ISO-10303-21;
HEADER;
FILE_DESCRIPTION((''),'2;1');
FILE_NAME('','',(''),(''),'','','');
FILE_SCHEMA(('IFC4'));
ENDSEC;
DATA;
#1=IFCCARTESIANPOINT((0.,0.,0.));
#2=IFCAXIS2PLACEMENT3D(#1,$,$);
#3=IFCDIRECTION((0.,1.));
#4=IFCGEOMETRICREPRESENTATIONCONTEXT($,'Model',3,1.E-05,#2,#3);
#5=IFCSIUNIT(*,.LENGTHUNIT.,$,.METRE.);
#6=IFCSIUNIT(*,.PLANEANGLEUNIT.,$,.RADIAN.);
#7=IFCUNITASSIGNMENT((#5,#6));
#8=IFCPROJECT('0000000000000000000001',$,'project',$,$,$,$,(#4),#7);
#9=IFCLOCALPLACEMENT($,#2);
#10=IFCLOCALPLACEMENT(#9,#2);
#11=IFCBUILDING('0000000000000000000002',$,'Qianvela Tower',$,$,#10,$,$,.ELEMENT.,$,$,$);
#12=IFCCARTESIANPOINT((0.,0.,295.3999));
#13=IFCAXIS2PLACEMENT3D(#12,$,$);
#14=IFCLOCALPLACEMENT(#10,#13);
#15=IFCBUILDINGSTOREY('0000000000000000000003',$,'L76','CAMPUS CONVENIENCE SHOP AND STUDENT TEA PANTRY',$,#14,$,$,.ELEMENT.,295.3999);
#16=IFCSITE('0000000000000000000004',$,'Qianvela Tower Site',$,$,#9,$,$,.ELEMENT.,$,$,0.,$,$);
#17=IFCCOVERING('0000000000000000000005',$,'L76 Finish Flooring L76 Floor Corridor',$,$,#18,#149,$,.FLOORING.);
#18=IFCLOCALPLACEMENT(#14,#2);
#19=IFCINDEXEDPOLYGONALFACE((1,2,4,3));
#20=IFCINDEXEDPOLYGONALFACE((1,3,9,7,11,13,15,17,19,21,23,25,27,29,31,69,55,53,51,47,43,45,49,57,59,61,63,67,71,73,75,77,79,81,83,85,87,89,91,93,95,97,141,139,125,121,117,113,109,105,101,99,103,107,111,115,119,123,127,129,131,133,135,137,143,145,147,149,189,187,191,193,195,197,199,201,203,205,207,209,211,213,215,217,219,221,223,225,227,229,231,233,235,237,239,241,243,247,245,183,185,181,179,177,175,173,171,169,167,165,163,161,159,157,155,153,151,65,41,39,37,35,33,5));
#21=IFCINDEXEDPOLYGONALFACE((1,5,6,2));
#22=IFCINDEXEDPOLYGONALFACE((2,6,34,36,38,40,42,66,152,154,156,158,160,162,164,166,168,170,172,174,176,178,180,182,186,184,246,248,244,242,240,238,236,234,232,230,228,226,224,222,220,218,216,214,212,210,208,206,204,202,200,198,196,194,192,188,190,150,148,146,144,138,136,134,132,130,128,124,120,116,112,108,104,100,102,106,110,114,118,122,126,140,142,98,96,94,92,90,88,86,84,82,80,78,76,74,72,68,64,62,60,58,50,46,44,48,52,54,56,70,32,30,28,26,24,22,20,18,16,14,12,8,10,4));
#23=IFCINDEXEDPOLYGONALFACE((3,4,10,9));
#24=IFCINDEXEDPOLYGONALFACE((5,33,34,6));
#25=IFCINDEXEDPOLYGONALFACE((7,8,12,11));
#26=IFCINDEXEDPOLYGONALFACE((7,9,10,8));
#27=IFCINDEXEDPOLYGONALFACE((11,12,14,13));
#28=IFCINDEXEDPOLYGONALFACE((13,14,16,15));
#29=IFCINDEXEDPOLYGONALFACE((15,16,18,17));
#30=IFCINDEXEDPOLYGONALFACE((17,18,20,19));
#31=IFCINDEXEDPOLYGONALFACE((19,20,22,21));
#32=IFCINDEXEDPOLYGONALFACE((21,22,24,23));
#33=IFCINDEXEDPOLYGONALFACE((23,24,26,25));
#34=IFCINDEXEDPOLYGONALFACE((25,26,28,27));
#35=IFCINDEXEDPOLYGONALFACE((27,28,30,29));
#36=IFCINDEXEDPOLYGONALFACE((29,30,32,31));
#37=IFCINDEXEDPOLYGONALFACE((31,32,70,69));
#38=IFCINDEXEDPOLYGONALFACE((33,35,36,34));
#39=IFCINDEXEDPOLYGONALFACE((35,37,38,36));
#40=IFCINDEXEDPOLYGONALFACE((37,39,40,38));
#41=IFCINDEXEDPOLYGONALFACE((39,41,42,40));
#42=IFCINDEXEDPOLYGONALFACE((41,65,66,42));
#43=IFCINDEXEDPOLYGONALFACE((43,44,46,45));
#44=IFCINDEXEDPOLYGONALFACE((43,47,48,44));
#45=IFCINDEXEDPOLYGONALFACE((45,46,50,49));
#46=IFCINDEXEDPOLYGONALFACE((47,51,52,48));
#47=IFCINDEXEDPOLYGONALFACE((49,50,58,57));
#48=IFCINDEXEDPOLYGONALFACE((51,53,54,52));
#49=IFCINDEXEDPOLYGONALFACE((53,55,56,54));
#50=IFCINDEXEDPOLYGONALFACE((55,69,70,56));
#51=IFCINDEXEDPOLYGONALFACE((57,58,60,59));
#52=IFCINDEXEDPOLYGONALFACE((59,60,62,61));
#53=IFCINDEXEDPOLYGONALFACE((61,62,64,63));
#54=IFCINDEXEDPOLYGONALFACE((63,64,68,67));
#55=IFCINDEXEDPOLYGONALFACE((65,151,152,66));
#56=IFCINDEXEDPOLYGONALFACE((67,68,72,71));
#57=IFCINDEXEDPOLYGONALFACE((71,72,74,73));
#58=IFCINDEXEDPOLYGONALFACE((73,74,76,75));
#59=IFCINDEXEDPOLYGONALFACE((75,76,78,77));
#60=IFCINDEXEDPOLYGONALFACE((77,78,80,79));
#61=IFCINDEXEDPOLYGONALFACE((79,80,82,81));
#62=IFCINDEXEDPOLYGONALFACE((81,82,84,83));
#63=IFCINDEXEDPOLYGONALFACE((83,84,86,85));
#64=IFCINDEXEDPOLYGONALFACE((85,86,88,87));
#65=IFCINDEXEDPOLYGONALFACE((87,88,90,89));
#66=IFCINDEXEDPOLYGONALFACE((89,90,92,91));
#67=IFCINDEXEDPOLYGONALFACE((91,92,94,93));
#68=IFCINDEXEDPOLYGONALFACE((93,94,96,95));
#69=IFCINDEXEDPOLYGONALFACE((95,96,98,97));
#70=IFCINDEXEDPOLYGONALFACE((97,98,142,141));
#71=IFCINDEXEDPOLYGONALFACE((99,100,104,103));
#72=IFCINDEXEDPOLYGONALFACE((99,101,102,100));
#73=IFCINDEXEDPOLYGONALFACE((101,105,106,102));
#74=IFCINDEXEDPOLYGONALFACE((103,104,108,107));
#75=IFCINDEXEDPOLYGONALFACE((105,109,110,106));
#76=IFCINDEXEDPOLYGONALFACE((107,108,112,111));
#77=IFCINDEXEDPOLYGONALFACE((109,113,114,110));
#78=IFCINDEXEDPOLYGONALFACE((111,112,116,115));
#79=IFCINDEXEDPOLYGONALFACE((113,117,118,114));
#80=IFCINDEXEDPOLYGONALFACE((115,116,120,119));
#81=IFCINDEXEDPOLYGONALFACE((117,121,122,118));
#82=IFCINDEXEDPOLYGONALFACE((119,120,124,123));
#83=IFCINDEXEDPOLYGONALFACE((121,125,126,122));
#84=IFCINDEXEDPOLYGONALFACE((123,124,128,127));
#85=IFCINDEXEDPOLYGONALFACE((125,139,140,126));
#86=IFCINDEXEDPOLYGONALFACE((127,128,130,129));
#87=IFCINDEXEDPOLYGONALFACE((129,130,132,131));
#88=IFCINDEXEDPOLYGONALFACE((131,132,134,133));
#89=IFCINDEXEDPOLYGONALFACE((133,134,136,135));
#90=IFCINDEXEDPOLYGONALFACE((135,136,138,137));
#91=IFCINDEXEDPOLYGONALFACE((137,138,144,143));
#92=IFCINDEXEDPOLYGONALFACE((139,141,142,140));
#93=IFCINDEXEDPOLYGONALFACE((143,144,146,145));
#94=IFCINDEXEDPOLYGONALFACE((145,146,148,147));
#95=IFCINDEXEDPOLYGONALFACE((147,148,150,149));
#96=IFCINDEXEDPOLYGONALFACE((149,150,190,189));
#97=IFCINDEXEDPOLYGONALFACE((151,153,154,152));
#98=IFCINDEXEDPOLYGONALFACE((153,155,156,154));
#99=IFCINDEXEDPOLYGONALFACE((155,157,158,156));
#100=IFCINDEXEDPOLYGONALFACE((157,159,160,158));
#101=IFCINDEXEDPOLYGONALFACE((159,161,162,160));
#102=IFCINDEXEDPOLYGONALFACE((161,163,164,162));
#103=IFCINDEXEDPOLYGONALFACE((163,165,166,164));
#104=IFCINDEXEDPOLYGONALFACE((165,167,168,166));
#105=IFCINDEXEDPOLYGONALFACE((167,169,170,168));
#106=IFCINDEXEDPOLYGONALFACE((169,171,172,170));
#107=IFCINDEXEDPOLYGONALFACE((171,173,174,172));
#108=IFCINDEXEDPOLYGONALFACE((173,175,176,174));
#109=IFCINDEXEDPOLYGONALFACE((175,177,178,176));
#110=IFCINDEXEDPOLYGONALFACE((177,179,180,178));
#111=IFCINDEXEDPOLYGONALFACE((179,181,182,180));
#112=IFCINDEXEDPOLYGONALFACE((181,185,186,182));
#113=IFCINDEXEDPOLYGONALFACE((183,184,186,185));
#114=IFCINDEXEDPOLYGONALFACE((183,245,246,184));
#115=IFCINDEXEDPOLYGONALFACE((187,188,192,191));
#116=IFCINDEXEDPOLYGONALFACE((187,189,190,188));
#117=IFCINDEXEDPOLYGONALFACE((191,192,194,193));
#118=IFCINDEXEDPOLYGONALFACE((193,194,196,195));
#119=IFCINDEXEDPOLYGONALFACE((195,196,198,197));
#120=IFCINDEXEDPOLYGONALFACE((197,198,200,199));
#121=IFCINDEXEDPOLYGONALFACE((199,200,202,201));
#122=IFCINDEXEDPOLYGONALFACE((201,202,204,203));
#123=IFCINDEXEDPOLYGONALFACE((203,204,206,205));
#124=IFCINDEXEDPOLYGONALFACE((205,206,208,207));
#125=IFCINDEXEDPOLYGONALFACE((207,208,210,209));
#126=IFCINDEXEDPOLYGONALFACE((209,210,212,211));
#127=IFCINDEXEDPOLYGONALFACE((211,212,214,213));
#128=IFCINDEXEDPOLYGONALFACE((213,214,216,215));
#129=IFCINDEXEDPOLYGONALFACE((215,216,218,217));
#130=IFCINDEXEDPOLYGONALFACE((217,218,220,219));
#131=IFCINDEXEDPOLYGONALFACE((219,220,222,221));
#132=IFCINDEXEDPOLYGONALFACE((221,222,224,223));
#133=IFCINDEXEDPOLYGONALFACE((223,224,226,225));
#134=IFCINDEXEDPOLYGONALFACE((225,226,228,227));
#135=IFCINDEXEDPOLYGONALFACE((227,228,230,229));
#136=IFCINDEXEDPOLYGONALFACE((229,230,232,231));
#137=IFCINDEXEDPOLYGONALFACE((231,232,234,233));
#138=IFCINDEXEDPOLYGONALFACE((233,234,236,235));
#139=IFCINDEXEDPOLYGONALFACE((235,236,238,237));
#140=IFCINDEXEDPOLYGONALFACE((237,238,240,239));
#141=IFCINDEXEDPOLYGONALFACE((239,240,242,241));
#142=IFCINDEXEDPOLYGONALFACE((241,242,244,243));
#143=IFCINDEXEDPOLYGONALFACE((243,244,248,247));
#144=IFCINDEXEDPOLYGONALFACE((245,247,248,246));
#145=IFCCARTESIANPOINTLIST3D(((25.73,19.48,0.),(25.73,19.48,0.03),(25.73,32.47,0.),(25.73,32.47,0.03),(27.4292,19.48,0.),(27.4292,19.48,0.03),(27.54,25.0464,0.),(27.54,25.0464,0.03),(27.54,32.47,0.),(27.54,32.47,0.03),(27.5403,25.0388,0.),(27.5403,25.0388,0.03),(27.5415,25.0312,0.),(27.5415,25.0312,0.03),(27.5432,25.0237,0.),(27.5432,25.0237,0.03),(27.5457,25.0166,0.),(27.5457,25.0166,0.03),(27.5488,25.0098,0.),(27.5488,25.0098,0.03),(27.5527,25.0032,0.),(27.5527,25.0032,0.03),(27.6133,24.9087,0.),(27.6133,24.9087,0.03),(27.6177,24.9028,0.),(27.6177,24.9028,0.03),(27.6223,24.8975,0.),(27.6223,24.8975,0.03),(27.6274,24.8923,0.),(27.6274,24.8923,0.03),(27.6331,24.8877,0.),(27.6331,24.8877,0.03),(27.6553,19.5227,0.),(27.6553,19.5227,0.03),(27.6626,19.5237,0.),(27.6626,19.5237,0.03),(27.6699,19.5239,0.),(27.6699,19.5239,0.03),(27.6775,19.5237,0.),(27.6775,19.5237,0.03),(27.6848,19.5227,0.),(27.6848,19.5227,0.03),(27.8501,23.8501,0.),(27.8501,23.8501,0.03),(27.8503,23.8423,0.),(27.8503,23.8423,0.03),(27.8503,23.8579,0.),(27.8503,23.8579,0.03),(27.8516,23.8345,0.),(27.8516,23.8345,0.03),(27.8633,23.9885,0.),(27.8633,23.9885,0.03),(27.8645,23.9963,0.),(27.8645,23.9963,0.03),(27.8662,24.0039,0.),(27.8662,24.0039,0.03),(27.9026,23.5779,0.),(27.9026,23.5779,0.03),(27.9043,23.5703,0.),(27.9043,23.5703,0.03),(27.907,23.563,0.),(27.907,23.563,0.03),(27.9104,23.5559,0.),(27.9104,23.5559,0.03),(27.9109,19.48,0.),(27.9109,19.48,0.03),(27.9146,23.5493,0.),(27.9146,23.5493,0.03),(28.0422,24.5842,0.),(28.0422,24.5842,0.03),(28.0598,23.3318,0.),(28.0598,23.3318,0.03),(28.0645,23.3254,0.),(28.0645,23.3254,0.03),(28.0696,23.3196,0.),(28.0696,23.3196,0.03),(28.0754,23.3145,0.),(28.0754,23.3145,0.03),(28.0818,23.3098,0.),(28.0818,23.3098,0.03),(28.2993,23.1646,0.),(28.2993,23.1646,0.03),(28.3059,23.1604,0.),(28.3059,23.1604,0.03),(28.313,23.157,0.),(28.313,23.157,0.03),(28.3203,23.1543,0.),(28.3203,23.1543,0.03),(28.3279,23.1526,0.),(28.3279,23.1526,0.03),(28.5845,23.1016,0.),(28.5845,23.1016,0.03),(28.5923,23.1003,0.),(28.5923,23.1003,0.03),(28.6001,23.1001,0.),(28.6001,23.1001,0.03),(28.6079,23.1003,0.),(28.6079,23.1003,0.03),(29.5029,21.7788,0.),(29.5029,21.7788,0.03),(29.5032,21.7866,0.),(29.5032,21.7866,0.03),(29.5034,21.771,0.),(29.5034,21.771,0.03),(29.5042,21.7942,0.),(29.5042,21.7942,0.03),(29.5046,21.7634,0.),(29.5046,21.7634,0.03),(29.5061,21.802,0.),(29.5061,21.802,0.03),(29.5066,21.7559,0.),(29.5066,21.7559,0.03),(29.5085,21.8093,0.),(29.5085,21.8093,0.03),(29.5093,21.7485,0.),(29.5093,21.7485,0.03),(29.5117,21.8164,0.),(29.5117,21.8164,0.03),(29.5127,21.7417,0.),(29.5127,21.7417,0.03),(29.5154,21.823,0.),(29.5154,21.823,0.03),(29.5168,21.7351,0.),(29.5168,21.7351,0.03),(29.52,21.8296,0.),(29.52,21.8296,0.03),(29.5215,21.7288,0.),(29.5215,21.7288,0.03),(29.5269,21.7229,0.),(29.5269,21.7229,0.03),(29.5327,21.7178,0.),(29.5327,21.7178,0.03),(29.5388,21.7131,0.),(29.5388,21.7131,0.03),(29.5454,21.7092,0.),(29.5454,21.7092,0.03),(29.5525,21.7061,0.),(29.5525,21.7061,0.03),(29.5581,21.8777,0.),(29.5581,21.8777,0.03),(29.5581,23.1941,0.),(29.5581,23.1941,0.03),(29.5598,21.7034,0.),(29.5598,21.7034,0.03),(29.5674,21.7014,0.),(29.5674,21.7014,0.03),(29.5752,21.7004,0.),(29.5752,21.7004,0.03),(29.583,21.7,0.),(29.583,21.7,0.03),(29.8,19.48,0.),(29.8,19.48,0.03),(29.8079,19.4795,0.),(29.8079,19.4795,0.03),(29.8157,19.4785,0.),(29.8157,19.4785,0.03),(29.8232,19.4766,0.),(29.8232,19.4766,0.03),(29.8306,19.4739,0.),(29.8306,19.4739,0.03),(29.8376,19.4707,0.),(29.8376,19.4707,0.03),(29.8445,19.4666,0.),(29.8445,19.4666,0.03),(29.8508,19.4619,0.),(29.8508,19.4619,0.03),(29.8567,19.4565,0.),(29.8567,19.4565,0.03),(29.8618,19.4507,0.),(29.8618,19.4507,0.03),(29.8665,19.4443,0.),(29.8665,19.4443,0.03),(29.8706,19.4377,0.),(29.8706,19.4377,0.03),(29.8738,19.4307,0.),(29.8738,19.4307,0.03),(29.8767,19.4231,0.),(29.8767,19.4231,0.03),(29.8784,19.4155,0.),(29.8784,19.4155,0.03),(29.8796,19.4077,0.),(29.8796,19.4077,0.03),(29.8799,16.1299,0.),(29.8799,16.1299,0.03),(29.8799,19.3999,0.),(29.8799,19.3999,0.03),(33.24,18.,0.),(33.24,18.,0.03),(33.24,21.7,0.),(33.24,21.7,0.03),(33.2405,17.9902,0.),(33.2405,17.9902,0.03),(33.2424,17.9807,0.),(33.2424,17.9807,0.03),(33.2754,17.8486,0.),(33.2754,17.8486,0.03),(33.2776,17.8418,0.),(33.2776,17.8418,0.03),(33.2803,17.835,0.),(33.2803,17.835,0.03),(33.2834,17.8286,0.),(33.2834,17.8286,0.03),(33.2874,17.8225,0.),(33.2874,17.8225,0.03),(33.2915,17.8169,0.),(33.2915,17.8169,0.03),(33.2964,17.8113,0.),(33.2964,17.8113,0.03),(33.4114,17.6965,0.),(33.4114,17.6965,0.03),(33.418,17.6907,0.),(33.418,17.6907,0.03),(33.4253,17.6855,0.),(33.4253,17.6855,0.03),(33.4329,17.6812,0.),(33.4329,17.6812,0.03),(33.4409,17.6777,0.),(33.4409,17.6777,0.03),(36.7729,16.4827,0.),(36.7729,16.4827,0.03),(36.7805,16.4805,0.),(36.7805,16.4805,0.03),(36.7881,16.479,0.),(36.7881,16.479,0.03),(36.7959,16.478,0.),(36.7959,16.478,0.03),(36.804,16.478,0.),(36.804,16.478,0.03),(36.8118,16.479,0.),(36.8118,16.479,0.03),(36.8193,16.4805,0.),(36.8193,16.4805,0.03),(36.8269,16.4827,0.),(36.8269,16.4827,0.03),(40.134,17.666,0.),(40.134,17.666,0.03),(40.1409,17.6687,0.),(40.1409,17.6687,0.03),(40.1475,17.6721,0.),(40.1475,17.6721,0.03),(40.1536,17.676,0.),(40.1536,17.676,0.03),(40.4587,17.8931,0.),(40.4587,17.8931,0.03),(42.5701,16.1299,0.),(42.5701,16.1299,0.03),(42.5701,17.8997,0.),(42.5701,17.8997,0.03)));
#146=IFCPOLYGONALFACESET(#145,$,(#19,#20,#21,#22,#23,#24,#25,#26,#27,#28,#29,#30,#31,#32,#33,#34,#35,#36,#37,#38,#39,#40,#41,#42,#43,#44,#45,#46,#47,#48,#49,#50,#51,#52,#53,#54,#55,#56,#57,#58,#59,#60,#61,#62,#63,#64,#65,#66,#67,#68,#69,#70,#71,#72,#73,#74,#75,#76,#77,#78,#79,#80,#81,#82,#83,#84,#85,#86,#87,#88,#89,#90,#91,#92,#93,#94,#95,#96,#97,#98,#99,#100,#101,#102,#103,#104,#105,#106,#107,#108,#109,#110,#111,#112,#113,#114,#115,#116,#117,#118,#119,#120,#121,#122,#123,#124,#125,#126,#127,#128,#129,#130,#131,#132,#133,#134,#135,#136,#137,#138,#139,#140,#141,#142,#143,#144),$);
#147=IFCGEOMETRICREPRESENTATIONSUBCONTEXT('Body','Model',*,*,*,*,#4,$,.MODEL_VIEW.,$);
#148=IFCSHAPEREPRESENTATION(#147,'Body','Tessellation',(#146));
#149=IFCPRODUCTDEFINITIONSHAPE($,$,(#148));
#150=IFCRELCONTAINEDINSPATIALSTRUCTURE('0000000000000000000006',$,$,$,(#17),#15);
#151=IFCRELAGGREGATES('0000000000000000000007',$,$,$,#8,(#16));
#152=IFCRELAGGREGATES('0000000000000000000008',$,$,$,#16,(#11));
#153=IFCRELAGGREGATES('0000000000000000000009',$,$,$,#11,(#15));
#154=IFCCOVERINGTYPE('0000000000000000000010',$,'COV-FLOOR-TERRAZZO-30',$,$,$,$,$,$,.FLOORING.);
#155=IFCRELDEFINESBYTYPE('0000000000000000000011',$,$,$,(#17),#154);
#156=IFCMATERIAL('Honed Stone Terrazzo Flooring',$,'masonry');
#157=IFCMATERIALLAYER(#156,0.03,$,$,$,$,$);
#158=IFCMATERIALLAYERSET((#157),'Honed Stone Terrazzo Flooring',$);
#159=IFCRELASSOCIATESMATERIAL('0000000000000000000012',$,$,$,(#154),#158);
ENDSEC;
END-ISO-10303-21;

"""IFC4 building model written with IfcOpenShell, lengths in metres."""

from ifc_helpers import new_model, si_unit, direction, frame, origin, place, context, subcontext, project, spatial, polyline, outline, extrude, material, layer, layer_set, type_object, element, save


model = new_model("IFC4")

# Units and contexts
model_context = context("Model", 3, precision=1e-05, world=origin(), true_north=direction((0.0, 1.0)))
body_context = subcontext(model_context, "Body", "Model", "MODEL_VIEW")
ifc_project = project(units=[si_unit("LENGTHUNIT", "METRE"), si_unit("PLANEANGLEUNIT", "RADIAN")], contexts=[model_context])

# Site, building, storey
site_placement = place(None, origin())
site = spatial("IfcSite", under=ifc_project, at=site_placement, Name="Qianvela Tower Site", CompositionType="ELEMENT", RefElevation=0.0)
building_placement = place(site_placement, origin())
building = spatial("IfcBuilding", under=site, at=building_placement, Name="Qianvela Tower", CompositionType="ELEMENT")
storey_placement = place(building_placement, frame((0.0, 0.0, 295.3999)))
storey = spatial("IfcBuildingStorey", under=building, at=storey_placement, Name="L76", Description="CAMPUS CONVENIENCE SHOP AND STUDENT TEA PANTRY", CompositionType="ELEMENT", Elevation=295.3999)

# Covering
ifc_material_1 = material(Name="Honed Stone Terrazzo Flooring", Category="masonry")
ifc_layer_1 = layer(ifc_material_1, 0.03)
ifc_layer_set_1 = layer_set([ifc_layer_1], Name="Honed Stone Terrazzo Flooring")
covering_type_1 = type_object("IfcCoveringType", Name="COV-FLOOR-TERRAZZO-30", PredefinedType="FLOORING", material=ifc_layer_set_1)
covering_1_placement = place(storey_placement, origin())
element("IfcCovering", 1, at=covering_1_placement, inside=storey, type_object=covering_type_1, Name="L76 Finish Flooring L76 Floor Corridor", PredefinedType="FLOORING", context=body_context, shape_type="SweptSolid", body=[
    extrude(outline(polyline([(27.8503, 23.8579), (27.8501, 23.8501), (27.8503, 23.8423), (27.8516, 23.8345), (27.9026, 23.5779), (27.9043, 23.5703), (27.907, 23.563), (27.9104, 23.5559), (27.9146, 23.5493), (28.0598, 23.3318), (28.0645, 23.3254), (28.0696, 23.3196), (28.0754, 23.3145), (28.0818, 23.3098), (28.2993, 23.1646), (28.3059, 23.1604), (28.313, 23.157), (28.3203, 23.1543), (28.3279, 23.1526), (28.5845, 23.1016), (28.5923, 23.1003), (28.6001, 23.1001), (28.6079, 23.1003), (29.5581, 23.1941), (29.5581, 21.8777), (29.52, 21.8296), (29.5154, 21.823), (29.5117, 21.8164), (29.5085, 21.8093), (29.5061, 21.802), (29.5042, 21.7942), (29.5032, 21.7866), (29.5029, 21.7788), (29.5034, 21.771), (29.5046, 21.7634), (29.5066, 21.7559), (29.5093, 21.7485), (29.5127, 21.7417), (29.5168, 21.7351), (29.5215, 21.7288), (29.5269, 21.7229), (29.5327, 21.7178), (29.5388, 21.7131), (29.5454, 21.7092), (29.5525, 21.7061), (29.5598, 21.7034), (29.5674, 21.7014), (29.5752, 21.7004), (29.583, 21.7), (33.24, 21.7), (33.24, 18.0), (33.2405, 17.9902), (33.2424, 17.9807), (33.2754, 17.8486), (33.2776, 17.8418), (33.2803, 17.835), (33.2834, 17.8286), (33.2874, 17.8225), (33.2915, 17.8169), (33.2964, 17.8113), (33.4114, 17.6965), (33.418, 17.6907), (33.4253, 17.6855), (33.4329, 17.6812), (33.4409, 17.6777), (36.7729, 16.4827), (36.7805, 16.4805), (36.7881, 16.479), (36.7959, 16.478), (36.804, 16.478), (36.8118, 16.479), (36.8193, 16.4805), (36.8269, 16.4827), (40.134, 17.666), (40.1409, 17.6687), (40.1475, 17.6721), (40.1536, 17.676), (40.4587, 17.8931), (42.5701, 17.8997), (42.5701, 16.1299), (29.8799, 16.1299), (29.8799, 19.3999), (29.8796, 19.4077), (29.8784, 19.4155), (29.8767, 19.4231), (29.8738, 19.4307), (29.8706, 19.4377), (29.8665, 19.4443), (29.8618, 19.4507), (29.8567, 19.4565), (29.8508, 19.4619), (29.8445, 19.4666), (29.8376, 19.4707), (29.8306, 19.4739), (29.8232, 19.4766), (29.8157, 19.4785), (29.8079, 19.4795), (29.8, 19.48), (27.9109, 19.48), (27.6848, 19.5227), (27.6775, 19.5237), (27.6699, 19.5239), (27.6626, 19.5237), (27.6553, 19.5227), (27.4292, 19.48), (25.73, 19.48), (25.73, 32.47), (27.54, 32.47), (27.54, 25.0464), (27.5403, 25.0388), (27.5415, 25.0312), (27.5432, 25.0237), (27.5457, 25.0166), (27.5488, 25.0098), (27.5527, 25.0032), (27.6133, 24.9087), (27.6177, 24.9028), (27.6223, 24.8975), (27.6274, 24.8923), (27.6331, 24.8877), (28.0422, 24.5842), (27.8662, 24.0039), (27.8645, 23.9963), (27.8633, 23.9885), (27.8503, 23.8579)])), origin(), (0.0, 0.0, 1.0), 0.03),
])

save(model, "model.ifc")
